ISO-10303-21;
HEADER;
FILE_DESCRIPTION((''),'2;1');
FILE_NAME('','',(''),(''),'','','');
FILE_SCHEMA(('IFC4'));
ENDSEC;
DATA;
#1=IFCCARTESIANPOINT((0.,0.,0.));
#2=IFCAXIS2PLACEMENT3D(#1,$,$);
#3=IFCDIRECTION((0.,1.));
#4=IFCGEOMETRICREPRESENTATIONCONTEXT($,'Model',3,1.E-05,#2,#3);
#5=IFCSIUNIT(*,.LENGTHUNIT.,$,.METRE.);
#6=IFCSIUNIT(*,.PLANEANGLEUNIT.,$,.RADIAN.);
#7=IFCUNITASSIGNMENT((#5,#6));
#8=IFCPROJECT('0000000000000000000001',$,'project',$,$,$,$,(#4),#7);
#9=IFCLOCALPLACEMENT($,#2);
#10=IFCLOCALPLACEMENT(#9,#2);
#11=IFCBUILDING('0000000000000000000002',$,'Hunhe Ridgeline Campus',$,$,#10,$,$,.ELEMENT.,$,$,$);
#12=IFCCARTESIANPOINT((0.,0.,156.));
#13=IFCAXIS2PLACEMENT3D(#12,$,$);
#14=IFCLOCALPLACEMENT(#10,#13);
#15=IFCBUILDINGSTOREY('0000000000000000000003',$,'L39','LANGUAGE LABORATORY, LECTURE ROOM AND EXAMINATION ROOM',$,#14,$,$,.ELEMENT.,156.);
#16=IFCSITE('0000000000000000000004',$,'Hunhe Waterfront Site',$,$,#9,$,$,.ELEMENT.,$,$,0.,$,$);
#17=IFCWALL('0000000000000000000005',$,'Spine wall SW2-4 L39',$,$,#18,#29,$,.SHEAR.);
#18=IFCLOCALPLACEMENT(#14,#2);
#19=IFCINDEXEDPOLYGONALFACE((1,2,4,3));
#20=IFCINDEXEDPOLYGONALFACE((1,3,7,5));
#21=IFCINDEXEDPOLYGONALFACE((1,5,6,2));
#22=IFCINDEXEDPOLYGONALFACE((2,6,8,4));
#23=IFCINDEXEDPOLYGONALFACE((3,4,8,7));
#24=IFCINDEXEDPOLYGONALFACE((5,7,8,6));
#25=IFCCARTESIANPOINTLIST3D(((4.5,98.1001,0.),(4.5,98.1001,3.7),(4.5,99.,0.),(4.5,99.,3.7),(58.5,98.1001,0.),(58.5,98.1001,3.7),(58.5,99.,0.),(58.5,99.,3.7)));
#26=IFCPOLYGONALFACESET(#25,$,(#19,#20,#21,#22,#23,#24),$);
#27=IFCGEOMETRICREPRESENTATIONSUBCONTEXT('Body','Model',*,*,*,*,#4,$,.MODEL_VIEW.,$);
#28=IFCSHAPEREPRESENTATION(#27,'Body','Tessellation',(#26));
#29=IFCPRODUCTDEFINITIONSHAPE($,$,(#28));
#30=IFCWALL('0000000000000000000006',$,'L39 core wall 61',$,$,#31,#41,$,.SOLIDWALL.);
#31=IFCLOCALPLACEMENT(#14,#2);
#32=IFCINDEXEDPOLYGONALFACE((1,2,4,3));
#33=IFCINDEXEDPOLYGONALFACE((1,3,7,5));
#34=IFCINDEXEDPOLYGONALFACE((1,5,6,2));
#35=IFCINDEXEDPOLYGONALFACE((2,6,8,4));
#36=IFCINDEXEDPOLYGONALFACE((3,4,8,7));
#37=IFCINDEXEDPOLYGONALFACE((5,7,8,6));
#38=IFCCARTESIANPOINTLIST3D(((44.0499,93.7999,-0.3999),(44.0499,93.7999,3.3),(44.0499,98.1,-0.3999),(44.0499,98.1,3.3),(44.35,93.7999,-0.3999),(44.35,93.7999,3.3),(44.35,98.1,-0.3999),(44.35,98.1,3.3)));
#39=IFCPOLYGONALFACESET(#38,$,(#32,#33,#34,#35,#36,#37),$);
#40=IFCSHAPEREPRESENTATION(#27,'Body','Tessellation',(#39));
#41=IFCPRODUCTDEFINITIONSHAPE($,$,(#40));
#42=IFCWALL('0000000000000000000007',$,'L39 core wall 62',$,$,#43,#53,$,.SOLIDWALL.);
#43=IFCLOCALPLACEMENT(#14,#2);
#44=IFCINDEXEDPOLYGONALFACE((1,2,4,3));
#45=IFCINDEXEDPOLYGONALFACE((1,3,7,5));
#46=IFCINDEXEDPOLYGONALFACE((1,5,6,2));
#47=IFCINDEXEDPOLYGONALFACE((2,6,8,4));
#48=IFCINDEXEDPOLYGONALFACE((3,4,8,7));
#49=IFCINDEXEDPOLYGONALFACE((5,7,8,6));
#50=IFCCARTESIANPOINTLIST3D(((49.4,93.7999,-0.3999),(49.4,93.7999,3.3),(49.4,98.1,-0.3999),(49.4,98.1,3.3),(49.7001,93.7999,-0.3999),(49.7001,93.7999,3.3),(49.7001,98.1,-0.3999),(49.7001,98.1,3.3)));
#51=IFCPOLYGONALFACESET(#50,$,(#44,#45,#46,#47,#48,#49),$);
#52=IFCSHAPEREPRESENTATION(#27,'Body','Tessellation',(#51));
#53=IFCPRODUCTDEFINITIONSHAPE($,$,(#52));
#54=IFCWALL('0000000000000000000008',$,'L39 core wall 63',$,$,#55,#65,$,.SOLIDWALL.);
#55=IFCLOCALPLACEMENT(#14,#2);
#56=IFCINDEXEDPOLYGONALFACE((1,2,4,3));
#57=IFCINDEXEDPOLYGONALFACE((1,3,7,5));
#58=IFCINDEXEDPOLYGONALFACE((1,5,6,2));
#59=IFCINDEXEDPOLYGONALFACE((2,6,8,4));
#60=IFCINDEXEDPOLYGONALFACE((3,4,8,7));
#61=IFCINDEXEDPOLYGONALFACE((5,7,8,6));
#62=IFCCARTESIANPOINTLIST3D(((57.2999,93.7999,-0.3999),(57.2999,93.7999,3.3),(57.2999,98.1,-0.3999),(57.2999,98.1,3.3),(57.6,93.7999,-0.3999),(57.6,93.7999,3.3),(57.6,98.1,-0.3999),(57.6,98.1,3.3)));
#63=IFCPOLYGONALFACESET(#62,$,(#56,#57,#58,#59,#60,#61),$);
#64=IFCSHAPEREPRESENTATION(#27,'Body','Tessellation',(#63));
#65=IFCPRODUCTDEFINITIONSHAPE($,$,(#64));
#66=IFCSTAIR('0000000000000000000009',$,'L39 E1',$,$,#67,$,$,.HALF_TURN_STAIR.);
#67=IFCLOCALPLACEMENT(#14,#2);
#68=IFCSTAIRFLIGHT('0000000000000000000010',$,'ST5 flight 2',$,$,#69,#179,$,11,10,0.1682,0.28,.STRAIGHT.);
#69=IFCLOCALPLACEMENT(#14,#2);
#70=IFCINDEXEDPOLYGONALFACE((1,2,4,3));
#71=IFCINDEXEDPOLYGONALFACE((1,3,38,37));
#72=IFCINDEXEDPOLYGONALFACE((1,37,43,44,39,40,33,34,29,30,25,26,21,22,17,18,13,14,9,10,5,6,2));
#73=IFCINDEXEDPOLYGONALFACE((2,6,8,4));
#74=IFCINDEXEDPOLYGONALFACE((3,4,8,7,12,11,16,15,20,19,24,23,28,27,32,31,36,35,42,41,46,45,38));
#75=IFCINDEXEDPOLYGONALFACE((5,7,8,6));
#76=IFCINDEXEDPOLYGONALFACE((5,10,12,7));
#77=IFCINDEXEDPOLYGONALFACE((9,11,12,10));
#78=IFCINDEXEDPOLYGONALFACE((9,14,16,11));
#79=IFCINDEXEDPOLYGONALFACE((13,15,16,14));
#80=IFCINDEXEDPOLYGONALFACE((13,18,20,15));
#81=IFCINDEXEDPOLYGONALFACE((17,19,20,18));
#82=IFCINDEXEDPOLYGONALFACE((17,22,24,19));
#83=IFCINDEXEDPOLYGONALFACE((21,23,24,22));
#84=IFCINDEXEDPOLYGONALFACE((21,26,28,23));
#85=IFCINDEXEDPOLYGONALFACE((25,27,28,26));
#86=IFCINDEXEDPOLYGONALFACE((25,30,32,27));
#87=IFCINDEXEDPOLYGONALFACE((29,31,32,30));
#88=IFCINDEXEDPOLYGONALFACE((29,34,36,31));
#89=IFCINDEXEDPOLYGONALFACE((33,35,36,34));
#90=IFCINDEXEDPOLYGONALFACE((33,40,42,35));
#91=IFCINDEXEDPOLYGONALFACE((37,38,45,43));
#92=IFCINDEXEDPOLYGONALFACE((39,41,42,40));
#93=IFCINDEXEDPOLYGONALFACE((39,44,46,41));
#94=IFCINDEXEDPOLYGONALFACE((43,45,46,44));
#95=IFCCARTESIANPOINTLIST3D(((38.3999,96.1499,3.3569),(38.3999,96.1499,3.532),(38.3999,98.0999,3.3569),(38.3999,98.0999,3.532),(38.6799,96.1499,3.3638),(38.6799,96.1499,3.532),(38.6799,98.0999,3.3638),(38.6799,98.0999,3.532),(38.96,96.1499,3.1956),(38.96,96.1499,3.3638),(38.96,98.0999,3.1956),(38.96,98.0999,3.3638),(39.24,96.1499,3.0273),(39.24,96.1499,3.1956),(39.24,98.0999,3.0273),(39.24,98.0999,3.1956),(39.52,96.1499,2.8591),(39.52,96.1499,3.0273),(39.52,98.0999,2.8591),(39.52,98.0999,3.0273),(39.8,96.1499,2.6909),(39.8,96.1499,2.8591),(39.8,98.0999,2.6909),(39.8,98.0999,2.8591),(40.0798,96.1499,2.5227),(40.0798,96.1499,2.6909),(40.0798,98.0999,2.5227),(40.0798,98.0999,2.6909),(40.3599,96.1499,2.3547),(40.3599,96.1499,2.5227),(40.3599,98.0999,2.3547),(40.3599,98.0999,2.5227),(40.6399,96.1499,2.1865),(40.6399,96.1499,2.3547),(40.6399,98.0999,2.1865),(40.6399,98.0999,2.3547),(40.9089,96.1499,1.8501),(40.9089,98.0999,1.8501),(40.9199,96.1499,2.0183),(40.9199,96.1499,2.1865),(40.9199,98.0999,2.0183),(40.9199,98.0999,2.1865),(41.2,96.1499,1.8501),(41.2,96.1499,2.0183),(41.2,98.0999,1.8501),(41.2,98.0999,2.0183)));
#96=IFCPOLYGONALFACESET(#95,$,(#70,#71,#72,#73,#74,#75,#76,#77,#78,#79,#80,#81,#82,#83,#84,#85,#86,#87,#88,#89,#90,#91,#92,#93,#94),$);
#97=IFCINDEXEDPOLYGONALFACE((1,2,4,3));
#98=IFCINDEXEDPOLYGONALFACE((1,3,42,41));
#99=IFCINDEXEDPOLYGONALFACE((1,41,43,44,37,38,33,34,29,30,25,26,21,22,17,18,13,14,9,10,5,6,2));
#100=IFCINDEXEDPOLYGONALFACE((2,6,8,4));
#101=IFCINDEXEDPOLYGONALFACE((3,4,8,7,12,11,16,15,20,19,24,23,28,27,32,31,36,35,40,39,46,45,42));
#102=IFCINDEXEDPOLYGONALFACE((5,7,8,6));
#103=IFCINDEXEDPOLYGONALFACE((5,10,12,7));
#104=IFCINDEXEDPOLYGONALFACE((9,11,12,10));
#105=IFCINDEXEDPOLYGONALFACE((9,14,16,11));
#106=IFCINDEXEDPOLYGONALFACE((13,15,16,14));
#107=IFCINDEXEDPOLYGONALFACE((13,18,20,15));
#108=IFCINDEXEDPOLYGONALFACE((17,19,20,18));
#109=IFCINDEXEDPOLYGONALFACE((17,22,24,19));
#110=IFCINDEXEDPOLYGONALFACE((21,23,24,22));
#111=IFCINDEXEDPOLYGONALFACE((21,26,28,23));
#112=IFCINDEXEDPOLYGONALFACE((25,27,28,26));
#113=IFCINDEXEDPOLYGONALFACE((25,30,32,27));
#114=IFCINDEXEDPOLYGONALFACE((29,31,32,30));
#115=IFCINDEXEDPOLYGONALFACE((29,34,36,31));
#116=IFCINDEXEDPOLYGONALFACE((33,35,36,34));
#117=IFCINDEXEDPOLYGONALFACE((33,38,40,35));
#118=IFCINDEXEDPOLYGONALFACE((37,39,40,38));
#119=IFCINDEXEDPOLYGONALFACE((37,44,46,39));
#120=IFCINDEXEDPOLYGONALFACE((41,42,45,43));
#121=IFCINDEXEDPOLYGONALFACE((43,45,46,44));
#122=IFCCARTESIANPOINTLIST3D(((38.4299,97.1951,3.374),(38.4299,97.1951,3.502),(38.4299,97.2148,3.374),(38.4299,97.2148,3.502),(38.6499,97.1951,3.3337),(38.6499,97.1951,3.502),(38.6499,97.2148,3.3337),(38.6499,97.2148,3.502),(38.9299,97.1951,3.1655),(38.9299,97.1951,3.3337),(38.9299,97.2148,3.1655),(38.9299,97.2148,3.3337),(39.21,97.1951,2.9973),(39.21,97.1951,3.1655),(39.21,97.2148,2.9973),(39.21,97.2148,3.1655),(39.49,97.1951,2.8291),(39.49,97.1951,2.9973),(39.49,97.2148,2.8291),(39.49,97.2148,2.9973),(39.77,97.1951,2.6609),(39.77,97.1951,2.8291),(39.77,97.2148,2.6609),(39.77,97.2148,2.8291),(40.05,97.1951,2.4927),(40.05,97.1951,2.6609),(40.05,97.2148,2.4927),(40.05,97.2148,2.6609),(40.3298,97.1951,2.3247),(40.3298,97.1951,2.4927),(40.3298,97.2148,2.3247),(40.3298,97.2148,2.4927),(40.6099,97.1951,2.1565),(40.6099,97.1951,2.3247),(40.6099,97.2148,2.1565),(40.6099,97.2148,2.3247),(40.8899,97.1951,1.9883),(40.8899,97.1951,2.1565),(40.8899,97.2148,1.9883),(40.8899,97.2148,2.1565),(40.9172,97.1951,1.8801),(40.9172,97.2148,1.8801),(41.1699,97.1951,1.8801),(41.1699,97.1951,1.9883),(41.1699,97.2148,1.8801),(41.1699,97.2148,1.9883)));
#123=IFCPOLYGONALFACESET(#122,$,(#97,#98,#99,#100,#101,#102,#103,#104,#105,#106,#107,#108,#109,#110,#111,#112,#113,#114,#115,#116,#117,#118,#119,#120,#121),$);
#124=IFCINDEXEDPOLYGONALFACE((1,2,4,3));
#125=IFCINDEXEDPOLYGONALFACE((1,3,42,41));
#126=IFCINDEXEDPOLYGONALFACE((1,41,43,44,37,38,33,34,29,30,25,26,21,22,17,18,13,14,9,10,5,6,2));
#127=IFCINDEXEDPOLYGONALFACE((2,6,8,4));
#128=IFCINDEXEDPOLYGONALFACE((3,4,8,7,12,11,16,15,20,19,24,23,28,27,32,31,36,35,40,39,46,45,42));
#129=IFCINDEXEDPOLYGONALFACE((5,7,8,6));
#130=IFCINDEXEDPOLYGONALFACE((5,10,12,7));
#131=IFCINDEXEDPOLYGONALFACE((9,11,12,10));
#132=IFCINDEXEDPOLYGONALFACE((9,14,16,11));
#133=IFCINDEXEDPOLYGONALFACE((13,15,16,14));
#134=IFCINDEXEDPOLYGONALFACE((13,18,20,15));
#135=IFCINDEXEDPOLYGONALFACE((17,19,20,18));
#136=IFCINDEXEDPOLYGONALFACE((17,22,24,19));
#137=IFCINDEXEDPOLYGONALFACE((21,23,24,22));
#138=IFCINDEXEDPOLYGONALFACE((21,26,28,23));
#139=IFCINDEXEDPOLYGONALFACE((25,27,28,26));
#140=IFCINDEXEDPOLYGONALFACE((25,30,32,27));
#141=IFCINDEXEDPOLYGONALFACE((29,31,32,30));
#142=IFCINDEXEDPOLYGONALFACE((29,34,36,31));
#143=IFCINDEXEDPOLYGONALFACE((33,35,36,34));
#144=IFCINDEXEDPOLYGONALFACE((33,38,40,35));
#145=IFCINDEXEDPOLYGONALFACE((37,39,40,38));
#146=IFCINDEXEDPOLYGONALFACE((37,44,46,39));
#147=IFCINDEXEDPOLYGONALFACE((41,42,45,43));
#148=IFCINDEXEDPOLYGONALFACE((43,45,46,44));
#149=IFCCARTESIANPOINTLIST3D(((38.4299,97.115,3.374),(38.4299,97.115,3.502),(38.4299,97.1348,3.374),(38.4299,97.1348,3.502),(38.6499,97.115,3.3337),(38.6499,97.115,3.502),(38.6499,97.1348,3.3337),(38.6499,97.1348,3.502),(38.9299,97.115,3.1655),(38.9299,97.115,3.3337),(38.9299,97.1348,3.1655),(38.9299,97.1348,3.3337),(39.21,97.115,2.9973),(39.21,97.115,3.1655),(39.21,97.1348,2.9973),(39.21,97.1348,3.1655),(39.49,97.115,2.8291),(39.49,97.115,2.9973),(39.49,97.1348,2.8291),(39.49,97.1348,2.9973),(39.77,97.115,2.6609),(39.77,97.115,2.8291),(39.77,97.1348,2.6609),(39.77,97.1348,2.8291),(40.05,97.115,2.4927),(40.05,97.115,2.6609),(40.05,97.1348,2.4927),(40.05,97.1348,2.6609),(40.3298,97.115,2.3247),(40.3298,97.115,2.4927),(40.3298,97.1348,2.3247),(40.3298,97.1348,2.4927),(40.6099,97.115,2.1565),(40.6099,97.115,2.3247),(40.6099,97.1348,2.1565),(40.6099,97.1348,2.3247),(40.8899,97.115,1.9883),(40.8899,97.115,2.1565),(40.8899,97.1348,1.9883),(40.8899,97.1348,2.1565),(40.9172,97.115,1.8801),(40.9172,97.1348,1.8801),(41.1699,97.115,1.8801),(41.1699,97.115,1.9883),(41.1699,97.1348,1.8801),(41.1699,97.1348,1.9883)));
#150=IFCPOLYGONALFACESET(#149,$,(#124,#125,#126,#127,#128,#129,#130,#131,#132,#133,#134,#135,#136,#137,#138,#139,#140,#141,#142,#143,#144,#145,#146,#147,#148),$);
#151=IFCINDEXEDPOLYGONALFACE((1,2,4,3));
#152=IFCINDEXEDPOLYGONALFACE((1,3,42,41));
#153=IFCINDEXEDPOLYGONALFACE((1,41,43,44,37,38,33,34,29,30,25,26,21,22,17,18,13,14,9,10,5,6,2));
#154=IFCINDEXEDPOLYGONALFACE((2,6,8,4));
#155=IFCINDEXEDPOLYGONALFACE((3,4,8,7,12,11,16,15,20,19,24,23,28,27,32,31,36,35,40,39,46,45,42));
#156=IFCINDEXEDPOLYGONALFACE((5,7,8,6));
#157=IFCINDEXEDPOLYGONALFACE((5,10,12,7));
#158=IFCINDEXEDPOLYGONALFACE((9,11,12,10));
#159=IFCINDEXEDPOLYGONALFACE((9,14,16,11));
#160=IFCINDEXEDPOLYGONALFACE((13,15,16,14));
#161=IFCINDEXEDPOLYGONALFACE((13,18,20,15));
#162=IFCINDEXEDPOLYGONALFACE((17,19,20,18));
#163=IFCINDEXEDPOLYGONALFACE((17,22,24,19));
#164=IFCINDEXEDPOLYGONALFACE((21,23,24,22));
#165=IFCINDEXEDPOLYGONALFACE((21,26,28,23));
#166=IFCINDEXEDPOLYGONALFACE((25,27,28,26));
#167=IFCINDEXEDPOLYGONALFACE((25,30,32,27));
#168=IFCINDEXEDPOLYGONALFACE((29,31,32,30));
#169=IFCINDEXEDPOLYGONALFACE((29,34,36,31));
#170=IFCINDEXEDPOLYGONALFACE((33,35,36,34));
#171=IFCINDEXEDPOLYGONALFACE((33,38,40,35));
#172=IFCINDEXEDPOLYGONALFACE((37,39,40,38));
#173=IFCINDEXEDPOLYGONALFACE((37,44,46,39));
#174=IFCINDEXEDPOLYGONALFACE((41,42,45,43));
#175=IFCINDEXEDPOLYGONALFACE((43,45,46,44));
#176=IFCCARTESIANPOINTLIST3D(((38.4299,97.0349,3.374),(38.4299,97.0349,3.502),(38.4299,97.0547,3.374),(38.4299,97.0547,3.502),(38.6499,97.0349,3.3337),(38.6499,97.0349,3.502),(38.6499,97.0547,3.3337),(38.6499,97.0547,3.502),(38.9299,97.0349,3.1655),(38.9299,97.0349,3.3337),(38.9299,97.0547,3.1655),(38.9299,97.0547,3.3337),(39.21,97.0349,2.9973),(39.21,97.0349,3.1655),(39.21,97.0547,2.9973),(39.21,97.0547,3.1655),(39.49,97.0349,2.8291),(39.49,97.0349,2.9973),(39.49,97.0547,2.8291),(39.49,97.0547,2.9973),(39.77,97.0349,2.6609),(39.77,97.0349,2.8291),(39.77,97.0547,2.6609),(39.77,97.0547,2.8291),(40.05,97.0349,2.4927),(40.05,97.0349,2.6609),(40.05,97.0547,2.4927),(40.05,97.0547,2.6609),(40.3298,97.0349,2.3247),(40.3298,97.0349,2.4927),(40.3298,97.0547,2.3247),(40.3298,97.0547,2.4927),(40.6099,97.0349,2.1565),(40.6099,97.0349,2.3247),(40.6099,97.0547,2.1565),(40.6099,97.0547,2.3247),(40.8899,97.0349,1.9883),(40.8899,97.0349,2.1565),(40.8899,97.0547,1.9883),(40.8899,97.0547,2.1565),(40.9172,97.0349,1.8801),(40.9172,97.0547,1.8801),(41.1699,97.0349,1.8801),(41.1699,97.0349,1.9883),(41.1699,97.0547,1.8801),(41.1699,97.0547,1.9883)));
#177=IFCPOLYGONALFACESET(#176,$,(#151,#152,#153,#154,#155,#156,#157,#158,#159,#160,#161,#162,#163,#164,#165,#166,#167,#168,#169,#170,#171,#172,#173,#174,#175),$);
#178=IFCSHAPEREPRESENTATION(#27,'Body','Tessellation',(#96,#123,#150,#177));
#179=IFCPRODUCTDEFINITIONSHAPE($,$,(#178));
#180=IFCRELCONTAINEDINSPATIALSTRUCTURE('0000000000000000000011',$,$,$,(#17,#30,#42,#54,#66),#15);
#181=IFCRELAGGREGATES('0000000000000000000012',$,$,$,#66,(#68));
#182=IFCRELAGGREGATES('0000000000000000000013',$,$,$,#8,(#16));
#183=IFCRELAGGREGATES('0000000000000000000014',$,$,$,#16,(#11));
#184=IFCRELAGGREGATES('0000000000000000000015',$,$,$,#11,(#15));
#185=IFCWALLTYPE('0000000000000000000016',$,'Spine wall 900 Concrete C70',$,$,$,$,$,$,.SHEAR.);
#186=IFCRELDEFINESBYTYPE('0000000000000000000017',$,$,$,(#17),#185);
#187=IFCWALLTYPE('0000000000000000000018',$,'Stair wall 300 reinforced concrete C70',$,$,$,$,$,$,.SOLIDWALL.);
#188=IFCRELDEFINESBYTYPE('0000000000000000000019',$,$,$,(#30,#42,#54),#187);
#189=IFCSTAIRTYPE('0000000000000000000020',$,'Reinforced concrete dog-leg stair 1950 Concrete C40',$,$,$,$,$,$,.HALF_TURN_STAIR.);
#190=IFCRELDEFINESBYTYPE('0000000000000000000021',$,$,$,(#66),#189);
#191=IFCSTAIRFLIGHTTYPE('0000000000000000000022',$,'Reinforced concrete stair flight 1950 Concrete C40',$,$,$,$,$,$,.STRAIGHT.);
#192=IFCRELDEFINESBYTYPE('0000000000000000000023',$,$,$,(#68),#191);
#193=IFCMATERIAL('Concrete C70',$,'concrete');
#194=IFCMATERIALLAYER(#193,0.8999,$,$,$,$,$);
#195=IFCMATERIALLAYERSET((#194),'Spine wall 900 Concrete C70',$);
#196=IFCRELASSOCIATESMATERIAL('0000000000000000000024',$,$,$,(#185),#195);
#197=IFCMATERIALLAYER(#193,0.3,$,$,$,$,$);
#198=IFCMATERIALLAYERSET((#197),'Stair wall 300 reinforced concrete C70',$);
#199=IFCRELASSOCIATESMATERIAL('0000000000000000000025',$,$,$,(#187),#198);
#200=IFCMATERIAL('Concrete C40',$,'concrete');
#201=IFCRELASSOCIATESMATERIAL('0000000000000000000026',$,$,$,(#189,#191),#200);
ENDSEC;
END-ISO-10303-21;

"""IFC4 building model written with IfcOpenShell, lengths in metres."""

from ifc_helpers import new_model, si_unit, direction, frame, frame_2d, origin, place, context, subcontext, project, spatial, polyline, rectangle, outline, extrude, material, layer, layer_set, type_object, element, aggregate, save


model = new_model("IFC4")

# Units and contexts
model_context = context("Model", 3, precision=1e-05, world=origin(), true_north=direction((0.0, 1.0)))
body_context = subcontext(model_context, "Body", "Model", "MODEL_VIEW")
ifc_project = project(units=[si_unit("LENGTHUNIT", "METRE"), si_unit("PLANEANGLEUNIT", "RADIAN")], contexts=[model_context])

# Site, building, storey
site_placement = place(None, origin())
site = spatial("IfcSite", under=ifc_project, at=site_placement, Name="Hunhe Waterfront Site", CompositionType="ELEMENT", RefElevation=0.0)
building_placement = place(site_placement, origin())
building = spatial("IfcBuilding", under=site, at=building_placement, Name="Hunhe Ridgeline Campus", CompositionType="ELEMENT")
storey_placement = place(building_placement, frame((0.0, 0.0, 156.0)))
storey = spatial("IfcBuildingStorey", under=building, at=storey_placement, Name="L39", Description="LANGUAGE LABORATORY, LECTURE ROOM AND EXAMINATION ROOM", CompositionType="ELEMENT", Elevation=156.0)

# Shared definitions
ifc_material_1 = material(Name="Concrete C70", Category="concrete")

# Wall
ifc_layer_1 = layer(ifc_material_1, 0.8999)
ifc_layer_set_1 = layer_set([ifc_layer_1], Name="Spine wall 900 Concrete C70")
wall_type_1 = type_object("IfcWallType", Name="Spine wall 900 Concrete C70", PredefinedType="SHEAR", material=ifc_layer_set_1)
wall_1_placement = place(storey_placement, frame((58.5, 98.55, 0.0), z_axis=(0.0, 0.0, 1.0), x_axis=(-1.0, 0.0, 0.0)))
element("IfcWall", 1, at=wall_1_placement, inside=storey, type_object=wall_type_1, Name="Spine wall SW2-4 L39", PredefinedType="SHEAR", context=body_context, shape_type="SweptSolid", body=[
    extrude(rectangle(XDim=54.0, YDim=0.8999, at=frame_2d((27.0, 0.0))), origin(), (0.0, 0.0, 1.0), 3.7),
])

# Shared definitions
ifc_layer_2 = layer(ifc_material_1, 0.3)
ifc_layer_set_2 = layer_set([ifc_layer_2], Name="Stair wall 300 reinforced concrete C70")
wall_type_2 = type_object("IfcWallType", Name="Stair wall 300 reinforced concrete C70", PredefinedType="SOLIDWALL", material=ifc_layer_set_2)

# Walls
for number, where, z_axis, x_axis, name in (
    (2, (44.2, 93.8, -0.3999), (0.0, 0.0, 1.0), (0.0, 1.0, 0.0), "L39 core wall 61"),
    (3, (49.55, 93.8, -0.3999), (0.0, 0.0, 1.0), (0.0, 1.0, 0.0), "L39 core wall 62"),
    (4, (57.45, 93.8, -0.3999), (0.0, 0.0, 1.0), (0.0, 1.0, 0.0), "L39 core wall 63"),
):
    element("IfcWall", number, at=place(storey_placement, frame(where, z_axis=z_axis, x_axis=x_axis)), inside=storey, type_object=wall_type_2, Name=name, PredefinedType="SOLIDWALL", context=body_context, shape_type="SweptSolid", body=[
        extrude(rectangle(XDim=4.3, YDim=0.3, at=frame_2d((2.1499, 0.0))), origin(), (0.0, 0.0, 1.0), 3.7),
    ])

# Stair, stair flight
ifc_material_2 = material(Name="Concrete C40", Category="concrete")
stair_type = type_object("IfcStairType", Name="Reinforced concrete dog-leg stair 1950 Concrete C40", PredefinedType="HALF_TURN_STAIR", material=ifc_material_2)
stair_1_placement = place(storey_placement, origin())
stair_1 = element("IfcStair", 5, at=stair_1_placement, inside=storey, type_object=stair_type, Name="L39 E1", PredefinedType="HALF_TURN_STAIR")
stair_flight_type = type_object("IfcStairFlightType", Name="Reinforced concrete stair flight 1950 Concrete C40", PredefinedType="STRAIGHT", material=ifc_material_2)
stair_flight_1_placement = place(storey_placement, frame((41.2, 97.125, 1.8501), z_axis=(0.0, 0.0, 1.0), x_axis=(-1.0, 0.0, 0.0)))
stair_flight_1 = element("IfcStairFlight", 6, at=stair_flight_1_placement, type_object=stair_flight_type, Name="ST5 flight 2", NumberOfRisers=11, NumberOfTreads=10, PredefinedType="STRAIGHT", RiserHeight=0.1682, TreadLength=0.28, context=body_context, shape_type="SweptSolid", body=[
    extrude(outline(polyline([(0.0, 0.0), (0.0, 0.1682), (0.28, 0.1682), (0.28, 0.3364), (0.5601, 0.3364), (0.5601, 0.5046), (0.8401, 0.5046), (0.8401, 0.6726), (1.1201, 0.6726), (1.1201, 0.8408), (1.3999, 0.8408), (1.3999, 1.009), (1.6799, 1.009), (1.6799, 1.1772), (1.96, 1.1772), (1.96, 1.3455), (2.24, 1.3455), (2.24, 1.5137), (2.52, 1.5137), (2.52, 1.6819), (2.8, 1.6819), (2.8, 1.8501), (2.8, 1.5068), (0.291, 0.0), (0.0, 0.0)])), frame((0.0, 0.9751, 0.0), z_axis=(0.0, -1.0, 0.0), x_axis=(1.0, 0.0, 0.0)), (0.0, 0.0, 1.0), 1.95),
    extrude(outline(polyline([(0.03, 0.03), (0.03, 0.1382), (0.3101, 0.1382), (0.3101, 0.3064), (0.5901, 0.3064), (0.5901, 0.4746), (0.8701, 0.4746), (0.8701, 0.6426), (1.1499, 0.6426), (1.1499, 0.8108), (1.4299, 0.8108), (1.4299, 0.979), (1.71, 0.979), (1.71, 1.1472), (1.99, 1.1472), (1.99, 1.3154), (2.27, 1.3154), (2.27, 1.4836), (2.55, 1.4836), (2.55, 1.6519), (2.77, 1.6519), (2.77, 1.5239), (0.2827, 0.03), (0.03, 0.03)])), frame((0.0, -0.0701, 0.0), z_axis=(0.0, -1.0, 0.0), x_axis=(1.0, 0.0, 0.0)), (0.0, 0.0, 1.0), 0.0198),
    extrude(outline(polyline([(0.03, 0.03), (0.03, 0.1382), (0.3101, 0.1382), (0.3101, 0.3064), (0.5901, 0.3064), (0.5901, 0.4746), (0.8701, 0.4746), (0.8701, 0.6426), (1.1499, 0.6426), (1.1499, 0.8108), (1.4299, 0.8108), (1.4299, 0.979), (1.71, 0.979), (1.71, 1.1472), (1.99, 1.1472), (1.99, 1.3154), (2.27, 1.3154), (2.27, 1.4836), (2.55, 1.4836), (2.55, 1.6519), (2.77, 1.6519), (2.77, 1.5239), (0.2827, 0.03), (0.03, 0.03)])), frame((0.0, 0.01, 0.0), z_axis=(0.0, -1.0, 0.0), x_axis=(1.0, 0.0, 0.0)), (0.0, 0.0, 1.0), 0.0198),
    extrude(outline(polyline([(0.03, 0.03), (0.03, 0.1382), (0.3101, 0.1382), (0.3101, 0.3064), (0.5901, 0.3064), (0.5901, 0.4746), (0.8701, 0.4746), (0.8701, 0.6426), (1.1499, 0.6426), (1.1499, 0.8108), (1.4299, 0.8108), (1.4299, 0.979), (1.71, 0.979), (1.71, 1.1472), (1.99, 1.1472), (1.99, 1.3154), (2.27, 1.3154), (2.27, 1.4836), (2.55, 1.4836), (2.55, 1.6519), (2.77, 1.6519), (2.77, 1.5239), (0.2827, 0.03), (0.03, 0.03)])), frame((0.0, 0.0901, 0.0), z_axis=(0.0, -1.0, 0.0), x_axis=(1.0, 0.0, 0.0)), (0.0, 0.0, 1.0), 0.0198),
])
aggregate(stair_1, [stair_flight_1])

save(model, "model.ifc")
